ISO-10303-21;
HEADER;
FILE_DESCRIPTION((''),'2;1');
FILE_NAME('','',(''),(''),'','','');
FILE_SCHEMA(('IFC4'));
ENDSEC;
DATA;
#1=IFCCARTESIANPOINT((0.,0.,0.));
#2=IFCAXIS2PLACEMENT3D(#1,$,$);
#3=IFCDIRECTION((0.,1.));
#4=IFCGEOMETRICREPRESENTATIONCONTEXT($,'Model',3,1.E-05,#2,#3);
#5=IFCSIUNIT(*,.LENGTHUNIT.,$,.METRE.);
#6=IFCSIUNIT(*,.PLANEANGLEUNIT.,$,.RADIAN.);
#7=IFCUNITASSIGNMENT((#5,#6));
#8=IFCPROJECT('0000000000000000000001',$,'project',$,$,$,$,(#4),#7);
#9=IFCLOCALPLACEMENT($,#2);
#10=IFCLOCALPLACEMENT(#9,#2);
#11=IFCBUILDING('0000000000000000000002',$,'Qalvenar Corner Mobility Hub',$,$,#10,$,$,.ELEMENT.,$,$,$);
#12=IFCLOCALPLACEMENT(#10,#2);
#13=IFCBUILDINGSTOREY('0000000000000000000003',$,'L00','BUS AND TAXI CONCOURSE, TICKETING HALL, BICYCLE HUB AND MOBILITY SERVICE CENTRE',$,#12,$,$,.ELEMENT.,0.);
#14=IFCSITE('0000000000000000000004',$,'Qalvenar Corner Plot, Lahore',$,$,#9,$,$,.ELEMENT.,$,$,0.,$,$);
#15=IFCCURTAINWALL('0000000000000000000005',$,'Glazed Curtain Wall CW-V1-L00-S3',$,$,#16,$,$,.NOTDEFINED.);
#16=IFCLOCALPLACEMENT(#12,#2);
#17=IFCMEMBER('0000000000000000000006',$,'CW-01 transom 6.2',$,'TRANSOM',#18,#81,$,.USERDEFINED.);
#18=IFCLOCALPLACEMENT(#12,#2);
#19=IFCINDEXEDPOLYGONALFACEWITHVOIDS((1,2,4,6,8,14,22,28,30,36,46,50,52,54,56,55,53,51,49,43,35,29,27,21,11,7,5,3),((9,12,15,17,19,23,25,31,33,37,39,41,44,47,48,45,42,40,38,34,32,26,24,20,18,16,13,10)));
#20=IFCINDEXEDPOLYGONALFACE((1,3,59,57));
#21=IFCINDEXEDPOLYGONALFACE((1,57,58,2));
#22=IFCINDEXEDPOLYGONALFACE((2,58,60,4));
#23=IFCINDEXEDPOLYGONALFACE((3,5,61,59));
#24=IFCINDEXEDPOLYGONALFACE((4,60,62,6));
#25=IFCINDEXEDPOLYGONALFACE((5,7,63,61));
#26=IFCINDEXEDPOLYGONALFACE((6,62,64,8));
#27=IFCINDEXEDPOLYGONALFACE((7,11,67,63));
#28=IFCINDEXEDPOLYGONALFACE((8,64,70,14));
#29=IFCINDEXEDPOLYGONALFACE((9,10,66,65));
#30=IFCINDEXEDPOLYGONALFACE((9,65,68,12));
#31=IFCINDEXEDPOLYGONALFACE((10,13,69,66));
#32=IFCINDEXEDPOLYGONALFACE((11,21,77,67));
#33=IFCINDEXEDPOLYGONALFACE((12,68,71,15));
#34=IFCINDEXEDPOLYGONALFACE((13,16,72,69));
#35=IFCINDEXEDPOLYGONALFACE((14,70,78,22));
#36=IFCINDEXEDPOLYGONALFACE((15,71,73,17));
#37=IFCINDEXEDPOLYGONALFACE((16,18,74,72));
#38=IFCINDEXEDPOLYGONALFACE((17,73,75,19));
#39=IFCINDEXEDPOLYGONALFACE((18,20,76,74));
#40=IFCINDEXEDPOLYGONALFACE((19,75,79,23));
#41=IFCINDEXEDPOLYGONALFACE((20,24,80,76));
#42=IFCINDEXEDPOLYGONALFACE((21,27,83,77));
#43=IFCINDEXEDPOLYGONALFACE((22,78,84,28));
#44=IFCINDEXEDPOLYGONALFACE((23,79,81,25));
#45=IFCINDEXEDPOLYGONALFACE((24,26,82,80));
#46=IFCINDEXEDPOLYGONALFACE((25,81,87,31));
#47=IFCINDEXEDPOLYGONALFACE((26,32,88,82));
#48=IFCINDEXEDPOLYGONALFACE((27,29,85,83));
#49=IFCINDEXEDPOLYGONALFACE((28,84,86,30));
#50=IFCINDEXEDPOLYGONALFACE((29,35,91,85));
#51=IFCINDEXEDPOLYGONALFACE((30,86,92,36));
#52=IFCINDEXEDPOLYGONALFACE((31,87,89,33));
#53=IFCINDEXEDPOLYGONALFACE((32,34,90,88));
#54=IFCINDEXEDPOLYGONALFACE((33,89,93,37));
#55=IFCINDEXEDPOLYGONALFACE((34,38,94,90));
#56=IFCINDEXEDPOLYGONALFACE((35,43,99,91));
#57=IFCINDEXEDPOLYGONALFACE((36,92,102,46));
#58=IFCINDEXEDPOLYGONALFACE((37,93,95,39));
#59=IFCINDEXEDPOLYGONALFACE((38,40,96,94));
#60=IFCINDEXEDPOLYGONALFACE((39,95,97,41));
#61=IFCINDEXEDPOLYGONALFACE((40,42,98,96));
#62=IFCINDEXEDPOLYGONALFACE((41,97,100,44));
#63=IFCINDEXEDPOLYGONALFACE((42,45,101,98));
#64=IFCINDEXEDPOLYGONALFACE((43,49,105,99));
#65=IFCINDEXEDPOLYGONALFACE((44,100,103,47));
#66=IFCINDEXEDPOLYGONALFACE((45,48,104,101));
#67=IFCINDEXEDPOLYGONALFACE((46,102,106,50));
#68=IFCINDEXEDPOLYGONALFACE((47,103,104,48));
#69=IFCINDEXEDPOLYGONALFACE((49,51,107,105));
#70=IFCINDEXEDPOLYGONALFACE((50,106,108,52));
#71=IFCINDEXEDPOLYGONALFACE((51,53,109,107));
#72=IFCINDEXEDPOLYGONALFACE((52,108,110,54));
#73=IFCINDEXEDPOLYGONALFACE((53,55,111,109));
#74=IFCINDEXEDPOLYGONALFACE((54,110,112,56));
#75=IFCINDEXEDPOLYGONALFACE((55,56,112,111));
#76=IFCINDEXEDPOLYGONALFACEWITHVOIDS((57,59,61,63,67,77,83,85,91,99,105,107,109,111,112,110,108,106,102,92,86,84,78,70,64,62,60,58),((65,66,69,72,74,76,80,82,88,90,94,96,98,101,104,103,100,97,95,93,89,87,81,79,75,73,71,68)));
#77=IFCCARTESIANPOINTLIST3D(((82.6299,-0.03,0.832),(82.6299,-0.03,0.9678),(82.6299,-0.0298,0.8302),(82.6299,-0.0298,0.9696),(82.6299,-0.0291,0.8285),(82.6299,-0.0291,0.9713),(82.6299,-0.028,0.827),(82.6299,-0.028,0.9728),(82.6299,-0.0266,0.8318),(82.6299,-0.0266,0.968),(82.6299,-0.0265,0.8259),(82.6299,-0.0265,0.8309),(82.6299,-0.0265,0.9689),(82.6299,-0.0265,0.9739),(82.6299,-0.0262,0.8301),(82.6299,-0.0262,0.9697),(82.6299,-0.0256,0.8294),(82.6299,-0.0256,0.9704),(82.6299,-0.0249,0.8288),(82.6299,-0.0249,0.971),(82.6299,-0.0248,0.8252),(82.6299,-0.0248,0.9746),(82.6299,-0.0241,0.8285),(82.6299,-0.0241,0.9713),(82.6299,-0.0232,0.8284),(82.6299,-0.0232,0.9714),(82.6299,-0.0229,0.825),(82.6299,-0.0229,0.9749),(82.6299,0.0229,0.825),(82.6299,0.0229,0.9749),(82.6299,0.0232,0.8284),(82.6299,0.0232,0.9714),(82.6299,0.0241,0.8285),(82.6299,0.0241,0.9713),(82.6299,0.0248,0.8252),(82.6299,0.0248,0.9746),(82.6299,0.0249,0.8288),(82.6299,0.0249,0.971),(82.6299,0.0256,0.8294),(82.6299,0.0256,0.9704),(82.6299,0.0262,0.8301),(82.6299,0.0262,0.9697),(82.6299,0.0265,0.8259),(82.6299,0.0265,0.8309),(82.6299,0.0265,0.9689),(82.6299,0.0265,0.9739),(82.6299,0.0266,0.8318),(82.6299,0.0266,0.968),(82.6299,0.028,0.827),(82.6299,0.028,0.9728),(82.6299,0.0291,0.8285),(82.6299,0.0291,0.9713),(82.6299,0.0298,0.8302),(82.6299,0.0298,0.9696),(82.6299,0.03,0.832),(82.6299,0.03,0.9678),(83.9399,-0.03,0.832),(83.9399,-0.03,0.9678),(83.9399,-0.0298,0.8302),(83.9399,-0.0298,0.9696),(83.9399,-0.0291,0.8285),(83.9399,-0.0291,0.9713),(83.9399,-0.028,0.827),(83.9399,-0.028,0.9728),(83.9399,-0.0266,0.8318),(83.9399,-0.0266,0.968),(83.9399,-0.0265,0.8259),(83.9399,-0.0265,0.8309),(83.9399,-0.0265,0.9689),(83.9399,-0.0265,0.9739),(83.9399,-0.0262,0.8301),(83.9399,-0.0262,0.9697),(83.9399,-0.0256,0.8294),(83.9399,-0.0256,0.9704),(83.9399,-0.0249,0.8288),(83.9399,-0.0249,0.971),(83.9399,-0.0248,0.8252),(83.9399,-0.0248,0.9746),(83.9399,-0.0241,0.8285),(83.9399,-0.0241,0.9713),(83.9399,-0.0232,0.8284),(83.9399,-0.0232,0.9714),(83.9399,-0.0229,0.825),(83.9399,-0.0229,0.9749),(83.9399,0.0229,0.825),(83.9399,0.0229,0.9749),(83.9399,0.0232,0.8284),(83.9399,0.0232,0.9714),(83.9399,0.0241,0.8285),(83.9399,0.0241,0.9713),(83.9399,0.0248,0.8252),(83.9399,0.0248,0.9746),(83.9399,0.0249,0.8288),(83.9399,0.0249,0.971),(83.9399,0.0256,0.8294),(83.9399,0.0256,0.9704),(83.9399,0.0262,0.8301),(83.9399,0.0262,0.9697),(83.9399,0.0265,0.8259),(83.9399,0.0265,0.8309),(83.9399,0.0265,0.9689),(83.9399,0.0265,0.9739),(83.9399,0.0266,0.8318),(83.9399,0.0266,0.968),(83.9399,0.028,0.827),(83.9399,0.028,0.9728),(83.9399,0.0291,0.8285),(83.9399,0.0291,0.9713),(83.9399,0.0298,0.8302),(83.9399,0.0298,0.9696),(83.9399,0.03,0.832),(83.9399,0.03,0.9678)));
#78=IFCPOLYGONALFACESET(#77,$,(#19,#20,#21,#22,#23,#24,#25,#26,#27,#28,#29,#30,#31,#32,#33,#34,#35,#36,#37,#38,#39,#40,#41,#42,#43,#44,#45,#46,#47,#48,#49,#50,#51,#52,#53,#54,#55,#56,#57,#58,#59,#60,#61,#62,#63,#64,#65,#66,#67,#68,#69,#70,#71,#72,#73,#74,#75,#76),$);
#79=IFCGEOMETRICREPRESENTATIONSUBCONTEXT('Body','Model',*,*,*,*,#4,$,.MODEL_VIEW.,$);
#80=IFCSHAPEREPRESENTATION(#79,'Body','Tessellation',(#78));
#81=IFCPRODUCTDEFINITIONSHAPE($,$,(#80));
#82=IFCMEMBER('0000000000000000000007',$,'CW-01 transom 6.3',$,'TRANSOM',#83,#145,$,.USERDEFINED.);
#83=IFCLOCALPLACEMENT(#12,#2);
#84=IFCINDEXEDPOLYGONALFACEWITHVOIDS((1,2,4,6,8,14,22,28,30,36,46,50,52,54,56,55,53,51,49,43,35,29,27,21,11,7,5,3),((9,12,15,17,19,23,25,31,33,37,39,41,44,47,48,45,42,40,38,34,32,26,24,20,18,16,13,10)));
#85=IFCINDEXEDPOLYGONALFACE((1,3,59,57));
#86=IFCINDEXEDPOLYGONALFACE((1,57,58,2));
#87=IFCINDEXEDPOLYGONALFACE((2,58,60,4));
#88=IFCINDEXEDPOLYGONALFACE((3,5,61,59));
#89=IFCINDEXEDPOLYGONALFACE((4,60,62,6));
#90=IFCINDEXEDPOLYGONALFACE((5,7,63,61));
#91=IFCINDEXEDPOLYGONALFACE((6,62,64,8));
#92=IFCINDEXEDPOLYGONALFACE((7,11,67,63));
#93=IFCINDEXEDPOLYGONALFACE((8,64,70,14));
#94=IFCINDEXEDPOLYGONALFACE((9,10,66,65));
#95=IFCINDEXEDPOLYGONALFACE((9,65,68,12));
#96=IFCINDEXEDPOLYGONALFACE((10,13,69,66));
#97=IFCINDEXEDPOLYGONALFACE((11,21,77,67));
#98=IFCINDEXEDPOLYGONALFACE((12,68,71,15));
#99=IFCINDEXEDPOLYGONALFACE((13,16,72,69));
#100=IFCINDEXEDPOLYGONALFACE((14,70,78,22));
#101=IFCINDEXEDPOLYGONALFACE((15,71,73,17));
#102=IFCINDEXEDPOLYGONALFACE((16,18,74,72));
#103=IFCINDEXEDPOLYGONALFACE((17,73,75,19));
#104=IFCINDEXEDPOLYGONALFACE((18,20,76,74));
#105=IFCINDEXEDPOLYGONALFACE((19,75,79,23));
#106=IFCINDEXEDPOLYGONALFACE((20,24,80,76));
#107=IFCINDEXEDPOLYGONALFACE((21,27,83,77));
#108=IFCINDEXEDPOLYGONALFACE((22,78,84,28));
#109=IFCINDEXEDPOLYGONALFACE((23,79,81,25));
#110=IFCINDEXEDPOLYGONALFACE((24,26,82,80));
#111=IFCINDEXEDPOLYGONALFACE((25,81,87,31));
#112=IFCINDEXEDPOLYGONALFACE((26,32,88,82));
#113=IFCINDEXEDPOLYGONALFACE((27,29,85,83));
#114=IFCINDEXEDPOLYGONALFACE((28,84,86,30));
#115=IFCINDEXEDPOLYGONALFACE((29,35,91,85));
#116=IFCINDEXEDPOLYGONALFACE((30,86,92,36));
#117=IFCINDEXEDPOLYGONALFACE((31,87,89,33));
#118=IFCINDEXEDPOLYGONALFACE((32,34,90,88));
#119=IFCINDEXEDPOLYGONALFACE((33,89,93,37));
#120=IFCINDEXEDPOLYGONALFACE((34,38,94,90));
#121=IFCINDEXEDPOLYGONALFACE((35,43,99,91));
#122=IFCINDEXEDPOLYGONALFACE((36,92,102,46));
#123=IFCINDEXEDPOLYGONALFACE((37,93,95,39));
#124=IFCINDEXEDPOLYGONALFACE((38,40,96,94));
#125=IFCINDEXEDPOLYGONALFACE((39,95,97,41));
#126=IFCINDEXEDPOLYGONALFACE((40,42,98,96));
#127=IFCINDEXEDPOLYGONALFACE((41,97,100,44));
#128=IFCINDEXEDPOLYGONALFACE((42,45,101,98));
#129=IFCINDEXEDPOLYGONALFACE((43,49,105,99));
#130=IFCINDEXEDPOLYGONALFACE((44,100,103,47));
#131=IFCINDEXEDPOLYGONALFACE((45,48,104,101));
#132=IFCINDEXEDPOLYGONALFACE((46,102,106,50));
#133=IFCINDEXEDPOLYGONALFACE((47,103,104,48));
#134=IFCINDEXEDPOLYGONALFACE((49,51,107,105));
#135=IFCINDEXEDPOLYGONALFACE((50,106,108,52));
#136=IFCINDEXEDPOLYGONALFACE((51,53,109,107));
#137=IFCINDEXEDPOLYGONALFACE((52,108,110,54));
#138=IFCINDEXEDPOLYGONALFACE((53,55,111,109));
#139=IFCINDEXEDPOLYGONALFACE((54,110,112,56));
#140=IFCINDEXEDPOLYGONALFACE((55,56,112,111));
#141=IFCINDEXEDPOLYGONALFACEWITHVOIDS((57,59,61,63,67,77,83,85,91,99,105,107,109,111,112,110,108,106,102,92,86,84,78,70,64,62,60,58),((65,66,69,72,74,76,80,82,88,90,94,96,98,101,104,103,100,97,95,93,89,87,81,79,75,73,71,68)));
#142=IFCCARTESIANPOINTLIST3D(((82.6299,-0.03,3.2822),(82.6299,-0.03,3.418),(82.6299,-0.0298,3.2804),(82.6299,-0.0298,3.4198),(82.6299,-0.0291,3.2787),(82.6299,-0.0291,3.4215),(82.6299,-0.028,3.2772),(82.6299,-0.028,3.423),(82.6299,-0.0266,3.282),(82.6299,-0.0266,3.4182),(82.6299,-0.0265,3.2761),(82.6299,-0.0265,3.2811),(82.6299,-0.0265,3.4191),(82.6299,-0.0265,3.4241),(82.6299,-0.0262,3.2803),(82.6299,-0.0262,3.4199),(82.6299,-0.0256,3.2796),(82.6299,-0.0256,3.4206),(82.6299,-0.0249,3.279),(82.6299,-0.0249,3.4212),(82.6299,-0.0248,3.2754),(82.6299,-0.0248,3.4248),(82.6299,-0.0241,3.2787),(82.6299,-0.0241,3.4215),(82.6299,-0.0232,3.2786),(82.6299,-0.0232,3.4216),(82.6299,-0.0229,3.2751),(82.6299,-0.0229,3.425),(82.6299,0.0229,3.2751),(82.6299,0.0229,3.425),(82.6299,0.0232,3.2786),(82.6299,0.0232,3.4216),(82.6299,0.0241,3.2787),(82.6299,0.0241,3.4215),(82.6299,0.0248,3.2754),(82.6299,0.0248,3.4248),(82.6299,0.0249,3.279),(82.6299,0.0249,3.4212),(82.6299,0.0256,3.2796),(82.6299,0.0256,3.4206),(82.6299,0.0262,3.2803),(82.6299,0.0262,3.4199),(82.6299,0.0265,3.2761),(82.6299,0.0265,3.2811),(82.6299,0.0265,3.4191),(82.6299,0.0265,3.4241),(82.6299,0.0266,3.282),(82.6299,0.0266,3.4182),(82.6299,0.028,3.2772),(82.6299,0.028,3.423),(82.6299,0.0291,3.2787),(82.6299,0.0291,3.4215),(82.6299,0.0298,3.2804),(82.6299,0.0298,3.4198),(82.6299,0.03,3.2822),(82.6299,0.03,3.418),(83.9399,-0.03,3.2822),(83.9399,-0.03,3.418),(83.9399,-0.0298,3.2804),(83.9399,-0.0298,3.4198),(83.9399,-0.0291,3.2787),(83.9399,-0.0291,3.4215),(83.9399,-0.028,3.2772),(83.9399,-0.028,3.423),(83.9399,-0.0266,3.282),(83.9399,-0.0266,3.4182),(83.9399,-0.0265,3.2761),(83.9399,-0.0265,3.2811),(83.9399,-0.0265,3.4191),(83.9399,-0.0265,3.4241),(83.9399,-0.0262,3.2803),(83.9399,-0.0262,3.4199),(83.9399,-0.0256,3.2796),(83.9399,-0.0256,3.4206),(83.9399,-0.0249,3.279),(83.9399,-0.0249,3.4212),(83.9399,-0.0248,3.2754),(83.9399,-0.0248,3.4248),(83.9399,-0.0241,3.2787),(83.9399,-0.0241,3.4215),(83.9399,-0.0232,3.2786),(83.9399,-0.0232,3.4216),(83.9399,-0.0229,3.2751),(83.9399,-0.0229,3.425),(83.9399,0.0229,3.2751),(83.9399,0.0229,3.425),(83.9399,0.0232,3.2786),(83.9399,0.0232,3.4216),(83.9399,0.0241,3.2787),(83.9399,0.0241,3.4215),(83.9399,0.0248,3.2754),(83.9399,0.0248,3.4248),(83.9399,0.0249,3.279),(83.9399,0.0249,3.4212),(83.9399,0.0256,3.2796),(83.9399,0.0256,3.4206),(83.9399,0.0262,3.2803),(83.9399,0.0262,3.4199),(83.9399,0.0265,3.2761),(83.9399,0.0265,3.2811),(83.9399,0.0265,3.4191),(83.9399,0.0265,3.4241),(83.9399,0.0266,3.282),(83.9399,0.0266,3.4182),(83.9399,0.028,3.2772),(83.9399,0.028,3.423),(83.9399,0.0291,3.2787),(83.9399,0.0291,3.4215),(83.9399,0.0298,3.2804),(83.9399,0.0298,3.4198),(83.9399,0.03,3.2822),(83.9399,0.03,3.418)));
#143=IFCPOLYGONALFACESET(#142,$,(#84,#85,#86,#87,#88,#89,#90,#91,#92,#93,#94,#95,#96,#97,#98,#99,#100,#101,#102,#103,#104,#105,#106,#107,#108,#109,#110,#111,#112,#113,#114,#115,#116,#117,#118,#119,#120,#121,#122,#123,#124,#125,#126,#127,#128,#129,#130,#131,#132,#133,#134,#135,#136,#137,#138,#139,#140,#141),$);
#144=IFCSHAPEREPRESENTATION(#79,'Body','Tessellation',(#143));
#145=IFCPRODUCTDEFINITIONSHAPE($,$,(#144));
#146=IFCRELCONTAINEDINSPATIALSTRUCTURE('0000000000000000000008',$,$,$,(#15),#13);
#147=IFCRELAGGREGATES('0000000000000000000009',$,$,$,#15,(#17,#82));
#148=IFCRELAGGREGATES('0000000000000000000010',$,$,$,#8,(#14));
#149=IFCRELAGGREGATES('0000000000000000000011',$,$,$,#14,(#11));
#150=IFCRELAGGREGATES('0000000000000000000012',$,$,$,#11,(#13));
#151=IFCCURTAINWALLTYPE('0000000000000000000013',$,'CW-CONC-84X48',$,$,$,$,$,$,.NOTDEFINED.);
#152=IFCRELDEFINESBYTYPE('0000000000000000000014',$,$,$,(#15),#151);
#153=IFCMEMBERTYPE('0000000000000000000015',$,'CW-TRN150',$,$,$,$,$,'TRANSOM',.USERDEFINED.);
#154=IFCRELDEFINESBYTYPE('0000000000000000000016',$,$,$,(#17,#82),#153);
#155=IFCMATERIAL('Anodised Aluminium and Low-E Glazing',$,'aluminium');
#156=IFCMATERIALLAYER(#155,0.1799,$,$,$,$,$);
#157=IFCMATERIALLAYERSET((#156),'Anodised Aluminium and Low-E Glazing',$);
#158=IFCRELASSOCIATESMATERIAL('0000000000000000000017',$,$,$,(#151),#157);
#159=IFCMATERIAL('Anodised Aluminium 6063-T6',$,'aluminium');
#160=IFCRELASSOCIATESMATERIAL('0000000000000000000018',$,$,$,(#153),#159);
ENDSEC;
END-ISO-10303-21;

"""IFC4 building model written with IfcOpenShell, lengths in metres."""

from ifc_helpers import new_model, si_unit, direction, frame, origin, origin_2d, place, context, subcontext, project, spatial, hollow_rectangle, extrude, material, layer, layer_set, material_profile, profile_set, type_object, element, aggregate, save


model = new_model("IFC4")

# Units and contexts
model_context = context("Model", 3, precision=1e-05, world=origin(), true_north=direction((0.0, 1.0)))
body_context = subcontext(model_context, "Body", "Model", "MODEL_VIEW")
ifc_project = project(units=[si_unit("LENGTHUNIT", "METRE"), si_unit("PLANEANGLEUNIT", "RADIAN")], contexts=[model_context])

# Site, building, storey
site_placement = place(None, origin())
site = spatial("IfcSite", under=ifc_project, at=site_placement, Name="Qalvenar Corner Plot, Lahore", CompositionType="ELEMENT", RefElevation=0.0)
building_placement = place(site_placement, origin())
building = spatial("IfcBuilding", under=site, at=building_placement, Name="Qalvenar Corner Mobility Hub", CompositionType="ELEMENT")
storey_placement = place(building_placement, origin())
storey = spatial("IfcBuildingStorey", under=building, at=storey_placement, Name="L00", Description="BUS AND TAXI CONCOURSE, TICKETING HALL, BICYCLE HUB AND MOBILITY SERVICE CENTRE", CompositionType="ELEMENT", Elevation=0.0)

# Curtain wall, members
ifc_material_1 = material(Name="Anodised Aluminium and Low-E Glazing", Category="aluminium")
ifc_layer_1 = layer(ifc_material_1, 0.1799)
ifc_layer_set_1 = layer_set([ifc_layer_1], Name="Anodised Aluminium and Low-E Glazing")
curtain_wall_type = type_object("IfcCurtainWallType", Name="CW-CONC-84X48", PredefinedType="NOTDEFINED", material=ifc_layer_set_1)
curtain_wall_placement = place(storey_placement, origin())
curtain_wall = element("IfcCurtainWall", 1, at=curtain_wall_placement, inside=storey, type_object=curtain_wall_type, Name="Glazed Curtain Wall CW-V1-L00-S3", PredefinedType="NOTDEFINED")
ifc_material_2 = material(Name="Anodised Aluminium 6063-T6", Category="aluminium")
ifc_material_profile_1 = material_profile(ifc_material_2, hollow_rectangle(XDim=0.0601, YDim=0.1499, WallThickness=0.0034, InnerFilletRadius=0.0034, OuterFilletRadius=0.0071, at=origin_2d()), Name="RHS150x60x3.5")
ifc_profile_set_1 = profile_set([ifc_material_profile_1], Name="Anodised Aluminium 6063-T6")
member_type_1 = type_object("IfcMemberType", Name="CW-TRN150", ElementType="TRANSOM", PredefinedType="USERDEFINED", material=ifc_profile_set_1)
member_1_placement = place(storey_placement, frame((82.6299, 0.0, 0.8999), z_axis=(1.0, 0.0, 0.0), x_axis=(0.0, 1.0, 0.0)))
member_1 = element("IfcMember", 2, at=member_1_placement, type_object=member_type_1, Name="CW-01 transom 6.2", ObjectType="TRANSOM", PredefinedType="USERDEFINED", context=body_context, shape_type="SweptSolid", body=[
    extrude(hollow_rectangle(XDim=0.0601, YDim=0.1499, WallThickness=0.0034, InnerFilletRadius=0.0034, OuterFilletRadius=0.0071, at=origin_2d()), origin(), (0.0, 0.0, 1.0), 1.3101),
])
member_2_placement = place(storey_placement, frame((82.6299, 0.0, 3.3501), z_axis=(1.0, 0.0, 0.0), x_axis=(0.0, 1.0, 0.0)))
member_2 = element("IfcMember", 3, at=member_2_placement, type_object=member_type_1, Name="CW-01 transom 6.3", ObjectType="TRANSOM", PredefinedType="USERDEFINED", context=body_context, shape_type="SweptSolid", body=[
    extrude(hollow_rectangle(XDim=0.0601, YDim=0.1499, WallThickness=0.0034, InnerFilletRadius=0.0034, OuterFilletRadius=0.0071, at=origin_2d()), origin(), (0.0, 0.0, 1.0), 1.3101),
])
aggregate(curtain_wall, [member_1, member_2])

save(model, "model.ifc")
